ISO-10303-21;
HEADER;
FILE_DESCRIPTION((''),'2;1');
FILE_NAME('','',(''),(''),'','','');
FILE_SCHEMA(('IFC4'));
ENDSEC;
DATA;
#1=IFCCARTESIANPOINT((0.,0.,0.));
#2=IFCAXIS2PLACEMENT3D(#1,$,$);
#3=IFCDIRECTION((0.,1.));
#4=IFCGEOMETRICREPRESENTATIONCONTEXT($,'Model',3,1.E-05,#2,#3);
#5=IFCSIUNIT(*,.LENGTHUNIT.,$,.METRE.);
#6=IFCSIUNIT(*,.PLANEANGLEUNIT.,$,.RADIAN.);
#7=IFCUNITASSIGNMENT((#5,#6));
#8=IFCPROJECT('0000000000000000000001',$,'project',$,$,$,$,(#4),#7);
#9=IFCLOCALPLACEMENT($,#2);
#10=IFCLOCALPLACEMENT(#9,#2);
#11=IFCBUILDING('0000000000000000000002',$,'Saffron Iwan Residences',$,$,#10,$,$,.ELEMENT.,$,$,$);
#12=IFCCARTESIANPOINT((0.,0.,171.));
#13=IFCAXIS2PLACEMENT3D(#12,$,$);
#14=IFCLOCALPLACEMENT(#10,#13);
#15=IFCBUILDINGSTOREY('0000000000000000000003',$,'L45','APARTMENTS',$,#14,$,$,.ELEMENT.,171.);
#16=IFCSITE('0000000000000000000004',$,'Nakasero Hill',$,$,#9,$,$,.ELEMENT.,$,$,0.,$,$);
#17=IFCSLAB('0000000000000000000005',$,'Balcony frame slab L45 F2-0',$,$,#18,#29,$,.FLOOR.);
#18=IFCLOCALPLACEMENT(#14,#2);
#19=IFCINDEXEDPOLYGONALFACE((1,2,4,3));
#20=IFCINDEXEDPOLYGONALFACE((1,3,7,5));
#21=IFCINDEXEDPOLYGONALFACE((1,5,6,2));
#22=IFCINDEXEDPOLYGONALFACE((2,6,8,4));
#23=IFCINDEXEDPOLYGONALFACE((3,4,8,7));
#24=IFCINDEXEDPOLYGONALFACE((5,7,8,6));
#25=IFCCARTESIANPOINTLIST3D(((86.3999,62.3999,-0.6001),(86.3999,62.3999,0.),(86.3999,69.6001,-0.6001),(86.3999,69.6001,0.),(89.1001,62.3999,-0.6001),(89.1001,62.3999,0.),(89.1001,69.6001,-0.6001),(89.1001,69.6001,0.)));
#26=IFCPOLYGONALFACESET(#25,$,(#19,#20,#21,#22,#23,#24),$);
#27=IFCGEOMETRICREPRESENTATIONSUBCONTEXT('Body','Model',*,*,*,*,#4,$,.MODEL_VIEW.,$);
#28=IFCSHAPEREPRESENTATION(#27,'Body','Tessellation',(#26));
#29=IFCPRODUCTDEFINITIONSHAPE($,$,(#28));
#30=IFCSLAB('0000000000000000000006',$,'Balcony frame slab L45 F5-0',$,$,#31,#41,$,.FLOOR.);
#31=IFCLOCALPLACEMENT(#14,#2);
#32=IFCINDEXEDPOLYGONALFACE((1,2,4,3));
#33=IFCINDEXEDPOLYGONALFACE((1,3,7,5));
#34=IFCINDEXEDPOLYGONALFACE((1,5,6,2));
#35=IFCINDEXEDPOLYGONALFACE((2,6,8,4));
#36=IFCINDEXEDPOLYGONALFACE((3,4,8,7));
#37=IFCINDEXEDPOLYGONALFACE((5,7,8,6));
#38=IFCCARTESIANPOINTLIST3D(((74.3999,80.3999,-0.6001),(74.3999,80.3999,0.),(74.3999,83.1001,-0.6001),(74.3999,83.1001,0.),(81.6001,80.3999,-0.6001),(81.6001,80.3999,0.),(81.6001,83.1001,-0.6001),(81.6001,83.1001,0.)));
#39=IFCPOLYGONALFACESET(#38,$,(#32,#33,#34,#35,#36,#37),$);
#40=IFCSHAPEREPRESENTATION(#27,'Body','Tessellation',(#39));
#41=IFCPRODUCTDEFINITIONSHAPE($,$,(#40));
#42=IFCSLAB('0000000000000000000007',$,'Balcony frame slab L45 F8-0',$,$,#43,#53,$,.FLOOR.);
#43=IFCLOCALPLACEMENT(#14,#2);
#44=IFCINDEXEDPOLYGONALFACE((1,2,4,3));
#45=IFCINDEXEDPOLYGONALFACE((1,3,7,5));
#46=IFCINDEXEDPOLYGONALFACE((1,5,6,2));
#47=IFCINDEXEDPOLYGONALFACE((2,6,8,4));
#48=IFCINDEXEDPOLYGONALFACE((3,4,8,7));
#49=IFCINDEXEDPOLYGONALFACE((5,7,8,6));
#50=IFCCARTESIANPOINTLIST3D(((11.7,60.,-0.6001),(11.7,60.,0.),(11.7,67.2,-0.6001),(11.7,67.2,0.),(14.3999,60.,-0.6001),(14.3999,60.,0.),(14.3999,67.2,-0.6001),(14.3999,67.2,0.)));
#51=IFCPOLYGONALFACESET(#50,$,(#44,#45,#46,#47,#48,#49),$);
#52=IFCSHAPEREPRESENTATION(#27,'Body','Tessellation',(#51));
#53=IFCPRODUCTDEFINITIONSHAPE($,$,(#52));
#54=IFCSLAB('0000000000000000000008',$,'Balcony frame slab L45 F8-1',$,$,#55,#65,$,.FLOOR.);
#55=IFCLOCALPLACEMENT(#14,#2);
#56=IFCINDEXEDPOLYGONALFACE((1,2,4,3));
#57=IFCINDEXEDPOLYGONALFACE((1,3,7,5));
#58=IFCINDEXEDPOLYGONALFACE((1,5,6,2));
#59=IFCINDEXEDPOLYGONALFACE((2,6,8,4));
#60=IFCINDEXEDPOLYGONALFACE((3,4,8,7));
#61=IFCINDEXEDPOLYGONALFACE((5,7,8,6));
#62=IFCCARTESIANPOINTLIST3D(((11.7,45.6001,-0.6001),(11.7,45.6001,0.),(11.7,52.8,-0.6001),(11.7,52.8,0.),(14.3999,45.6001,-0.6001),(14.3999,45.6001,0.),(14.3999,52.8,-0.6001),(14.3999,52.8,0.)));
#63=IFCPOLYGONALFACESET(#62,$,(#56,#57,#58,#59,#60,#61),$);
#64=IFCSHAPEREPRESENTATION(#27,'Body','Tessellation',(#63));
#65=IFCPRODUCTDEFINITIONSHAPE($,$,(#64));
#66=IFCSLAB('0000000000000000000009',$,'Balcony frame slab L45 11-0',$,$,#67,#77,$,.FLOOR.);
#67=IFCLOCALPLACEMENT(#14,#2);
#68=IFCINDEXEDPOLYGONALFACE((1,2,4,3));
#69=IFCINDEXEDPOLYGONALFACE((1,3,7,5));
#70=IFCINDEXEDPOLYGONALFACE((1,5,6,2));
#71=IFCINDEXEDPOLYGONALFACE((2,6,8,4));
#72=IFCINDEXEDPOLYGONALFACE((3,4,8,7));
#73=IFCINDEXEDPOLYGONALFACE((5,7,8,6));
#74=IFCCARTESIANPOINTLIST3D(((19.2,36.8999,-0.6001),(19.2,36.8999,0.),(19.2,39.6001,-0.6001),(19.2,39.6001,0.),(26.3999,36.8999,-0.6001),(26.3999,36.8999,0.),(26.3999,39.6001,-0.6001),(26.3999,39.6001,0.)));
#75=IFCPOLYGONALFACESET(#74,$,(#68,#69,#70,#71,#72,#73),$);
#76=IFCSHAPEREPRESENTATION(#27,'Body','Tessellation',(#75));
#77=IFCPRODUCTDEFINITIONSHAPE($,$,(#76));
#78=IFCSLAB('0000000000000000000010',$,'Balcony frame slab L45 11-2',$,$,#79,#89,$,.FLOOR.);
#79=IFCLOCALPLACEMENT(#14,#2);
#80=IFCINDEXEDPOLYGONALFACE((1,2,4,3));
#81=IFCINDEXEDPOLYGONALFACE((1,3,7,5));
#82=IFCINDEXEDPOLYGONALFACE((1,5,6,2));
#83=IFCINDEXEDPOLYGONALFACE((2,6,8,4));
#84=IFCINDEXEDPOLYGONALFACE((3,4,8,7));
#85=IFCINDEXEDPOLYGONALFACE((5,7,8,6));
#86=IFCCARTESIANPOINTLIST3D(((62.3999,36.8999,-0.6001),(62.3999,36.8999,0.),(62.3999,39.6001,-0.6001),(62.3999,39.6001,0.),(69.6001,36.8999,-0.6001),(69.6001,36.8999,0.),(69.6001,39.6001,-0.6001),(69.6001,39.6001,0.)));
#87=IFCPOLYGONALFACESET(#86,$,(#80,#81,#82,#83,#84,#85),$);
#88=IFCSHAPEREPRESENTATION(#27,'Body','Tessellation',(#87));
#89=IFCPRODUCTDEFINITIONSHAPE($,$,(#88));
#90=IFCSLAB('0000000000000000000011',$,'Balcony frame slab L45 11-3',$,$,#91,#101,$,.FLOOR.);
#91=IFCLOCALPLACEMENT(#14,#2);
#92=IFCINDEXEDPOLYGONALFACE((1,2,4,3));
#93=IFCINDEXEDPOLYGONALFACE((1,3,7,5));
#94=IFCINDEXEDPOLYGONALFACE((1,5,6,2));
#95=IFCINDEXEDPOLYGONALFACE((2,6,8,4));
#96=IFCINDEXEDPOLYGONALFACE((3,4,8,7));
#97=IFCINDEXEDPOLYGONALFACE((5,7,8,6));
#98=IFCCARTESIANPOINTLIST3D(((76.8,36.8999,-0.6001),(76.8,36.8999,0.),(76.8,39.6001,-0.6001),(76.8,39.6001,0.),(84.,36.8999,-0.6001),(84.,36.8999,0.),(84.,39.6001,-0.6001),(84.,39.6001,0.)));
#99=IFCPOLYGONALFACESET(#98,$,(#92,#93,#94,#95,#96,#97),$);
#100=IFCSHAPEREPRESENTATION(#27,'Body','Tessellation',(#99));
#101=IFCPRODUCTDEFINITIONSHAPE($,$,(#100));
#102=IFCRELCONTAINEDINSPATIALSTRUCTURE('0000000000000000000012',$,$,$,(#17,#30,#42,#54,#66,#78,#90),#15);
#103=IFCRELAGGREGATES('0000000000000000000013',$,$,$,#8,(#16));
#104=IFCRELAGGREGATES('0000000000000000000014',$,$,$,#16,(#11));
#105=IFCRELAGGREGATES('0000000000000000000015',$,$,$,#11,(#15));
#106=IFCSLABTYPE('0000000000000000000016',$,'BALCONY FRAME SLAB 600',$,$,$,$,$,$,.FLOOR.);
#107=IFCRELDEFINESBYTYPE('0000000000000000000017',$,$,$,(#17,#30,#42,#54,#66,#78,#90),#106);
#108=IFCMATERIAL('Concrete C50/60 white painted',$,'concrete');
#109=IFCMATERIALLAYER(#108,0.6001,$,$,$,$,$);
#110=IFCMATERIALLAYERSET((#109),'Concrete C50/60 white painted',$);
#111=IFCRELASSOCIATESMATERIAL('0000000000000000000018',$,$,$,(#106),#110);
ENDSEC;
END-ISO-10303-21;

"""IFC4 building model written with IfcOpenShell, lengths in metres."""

from ifc_helpers import new_model, si_unit, direction, frame, origin, place, context, subcontext, project, spatial, polyline, outline, extrude, material, layer, layer_set, type_object, element, save


model = new_model("IFC4")

# Units and contexts
model_context = context("Model", 3, precision=1e-05, world=origin(), true_north=direction((0.0, 1.0)))
body_context = subcontext(model_context, "Body", "Model", "MODEL_VIEW")
ifc_project = project(units=[si_unit("LENGTHUNIT", "METRE"), si_unit("PLANEANGLEUNIT", "RADIAN")], contexts=[model_context])

# Site, building, storey
site_placement = place(None, origin())
site = spatial("IfcSite", under=ifc_project, at=site_placement, Name="Nakasero Hill", CompositionType="ELEMENT", RefElevation=0.0)
building_placement = place(site_placement, origin())
building = spatial("IfcBuilding", under=site, at=building_placement, Name="Saffron Iwan Residences", CompositionType="ELEMENT")
storey_placement = place(building_placement, frame((0.0, 0.0, 171.0)))
storey = spatial("IfcBuildingStorey", under=building, at=storey_placement, Name="L45", Description="APARTMENTS", CompositionType="ELEMENT", Elevation=171.0)

# Slabs
ifc_material_1 = material(Name="Concrete C50/60 white painted", Category="concrete")
ifc_layer_1 = layer(ifc_material_1, 0.6001)
ifc_layer_set_1 = layer_set([ifc_layer_1], Name="Concrete C50/60 white painted")
slab_type_1 = type_object("IfcSlabType", Name="BALCONY FRAME SLAB 600", PredefinedType="FLOOR", material=ifc_layer_set_1)
slab_1_placement = place(storey_placement, frame((0.0, 0.0, -0.6001)))
element("IfcSlab", 1, at=slab_1_placement, inside=storey, type_object=slab_type_1, Name="Balcony frame slab L45 F2-0", PredefinedType="FLOOR", context=body_context, shape_type="SweptSolid", body=[
    extrude(outline(polyline([(89.1001, 62.3999), (89.1001, 69.6001), (86.3999, 69.6001), (86.3999, 62.3999), (89.1001, 62.3999)])), origin(), (0.0, 0.0, 1.0), 0.6001),
])
slab_2_placement = place(storey_placement, frame((0.0, 0.0, -0.6001)))
element("IfcSlab", 2, at=slab_2_placement, inside=storey, type_object=slab_type_1, Name="Balcony frame slab L45 F5-0", PredefinedType="FLOOR", context=body_context, shape_type="SweptSolid", body=[
    extrude(outline(polyline([(81.6001, 83.1001), (74.3999, 83.1001), (74.3999, 80.3999), (81.6001, 80.3999), (81.6001, 83.1001)])), origin(), (0.0, 0.0, 1.0), 0.6001),
])
slab_3_placement = place(storey_placement, frame((0.0, 0.0, -0.6001)))
element("IfcSlab", 3, at=slab_3_placement, inside=storey, type_object=slab_type_1, Name="Balcony frame slab L45 F8-0", PredefinedType="FLOOR", context=body_context, shape_type="SweptSolid", body=[
    extrude(outline(polyline([(11.7, 67.2), (11.7, 60.0), (14.3999, 60.0), (14.3999, 67.2), (11.7, 67.2)])), origin(), (0.0, 0.0, 1.0), 0.6001),
])
slab_4_placement = place(storey_placement, frame((0.0, 0.0, -0.6001)))
element("IfcSlab", 4, at=slab_4_placement, inside=storey, type_object=slab_type_1, Name="Balcony frame slab L45 F8-1", PredefinedType="FLOOR", context=body_context, shape_type="SweptSolid", body=[
    extrude(outline(polyline([(11.7, 52.8), (11.7, 45.6001), (14.3999, 45.6001), (14.3999, 52.8), (11.7, 52.8)])), origin(), (0.0, 0.0, 1.0), 0.6001),
])
slab_5_placement = place(storey_placement, frame((0.0, 0.0, -0.6001)))
element("IfcSlab", 5, at=slab_5_placement, inside=storey, type_object=slab_type_1, Name="Balcony frame slab L45 11-0", PredefinedType="FLOOR", context=body_context, shape_type="SweptSolid", body=[
    extrude(outline(polyline([(19.2, 36.8999), (26.3999, 36.8999), (26.3999, 39.6001), (19.2, 39.6001), (19.2, 36.8999)])), origin(), (0.0, 0.0, 1.0), 0.6001),
])
slab_6_placement = place(storey_placement, frame((0.0, 0.0, -0.6001)))
element("IfcSlab", 6, at=slab_6_placement, inside=storey, type_object=slab_type_1, Name="Balcony frame slab L45 11-2", PredefinedType="FLOOR", context=body_context, shape_type="SweptSolid", body=[
    extrude(outline(polyline([(62.3999, 36.8999), (69.6001, 36.8999), (69.6001, 39.6001), (62.3999, 39.6001), (62.3999, 36.8999)])), origin(), (0.0, 0.0, 1.0), 0.6001),
])
slab_7_placement = place(storey_placement, frame((0.0, 0.0, -0.6001)))
element("IfcSlab", 7, at=slab_7_placement, inside=storey, type_object=slab_type_1, Name="Balcony frame slab L45 11-3", PredefinedType="FLOOR", context=body_context, shape_type="SweptSolid", body=[
    extrude(outline(polyline([(76.8, 36.8999), (84.0, 36.8999), (84.0, 39.6001), (76.8, 39.6001), (76.8, 36.8999)])), origin(), (0.0, 0.0, 1.0), 0.6001),
])

save(model, "model.ifc")
